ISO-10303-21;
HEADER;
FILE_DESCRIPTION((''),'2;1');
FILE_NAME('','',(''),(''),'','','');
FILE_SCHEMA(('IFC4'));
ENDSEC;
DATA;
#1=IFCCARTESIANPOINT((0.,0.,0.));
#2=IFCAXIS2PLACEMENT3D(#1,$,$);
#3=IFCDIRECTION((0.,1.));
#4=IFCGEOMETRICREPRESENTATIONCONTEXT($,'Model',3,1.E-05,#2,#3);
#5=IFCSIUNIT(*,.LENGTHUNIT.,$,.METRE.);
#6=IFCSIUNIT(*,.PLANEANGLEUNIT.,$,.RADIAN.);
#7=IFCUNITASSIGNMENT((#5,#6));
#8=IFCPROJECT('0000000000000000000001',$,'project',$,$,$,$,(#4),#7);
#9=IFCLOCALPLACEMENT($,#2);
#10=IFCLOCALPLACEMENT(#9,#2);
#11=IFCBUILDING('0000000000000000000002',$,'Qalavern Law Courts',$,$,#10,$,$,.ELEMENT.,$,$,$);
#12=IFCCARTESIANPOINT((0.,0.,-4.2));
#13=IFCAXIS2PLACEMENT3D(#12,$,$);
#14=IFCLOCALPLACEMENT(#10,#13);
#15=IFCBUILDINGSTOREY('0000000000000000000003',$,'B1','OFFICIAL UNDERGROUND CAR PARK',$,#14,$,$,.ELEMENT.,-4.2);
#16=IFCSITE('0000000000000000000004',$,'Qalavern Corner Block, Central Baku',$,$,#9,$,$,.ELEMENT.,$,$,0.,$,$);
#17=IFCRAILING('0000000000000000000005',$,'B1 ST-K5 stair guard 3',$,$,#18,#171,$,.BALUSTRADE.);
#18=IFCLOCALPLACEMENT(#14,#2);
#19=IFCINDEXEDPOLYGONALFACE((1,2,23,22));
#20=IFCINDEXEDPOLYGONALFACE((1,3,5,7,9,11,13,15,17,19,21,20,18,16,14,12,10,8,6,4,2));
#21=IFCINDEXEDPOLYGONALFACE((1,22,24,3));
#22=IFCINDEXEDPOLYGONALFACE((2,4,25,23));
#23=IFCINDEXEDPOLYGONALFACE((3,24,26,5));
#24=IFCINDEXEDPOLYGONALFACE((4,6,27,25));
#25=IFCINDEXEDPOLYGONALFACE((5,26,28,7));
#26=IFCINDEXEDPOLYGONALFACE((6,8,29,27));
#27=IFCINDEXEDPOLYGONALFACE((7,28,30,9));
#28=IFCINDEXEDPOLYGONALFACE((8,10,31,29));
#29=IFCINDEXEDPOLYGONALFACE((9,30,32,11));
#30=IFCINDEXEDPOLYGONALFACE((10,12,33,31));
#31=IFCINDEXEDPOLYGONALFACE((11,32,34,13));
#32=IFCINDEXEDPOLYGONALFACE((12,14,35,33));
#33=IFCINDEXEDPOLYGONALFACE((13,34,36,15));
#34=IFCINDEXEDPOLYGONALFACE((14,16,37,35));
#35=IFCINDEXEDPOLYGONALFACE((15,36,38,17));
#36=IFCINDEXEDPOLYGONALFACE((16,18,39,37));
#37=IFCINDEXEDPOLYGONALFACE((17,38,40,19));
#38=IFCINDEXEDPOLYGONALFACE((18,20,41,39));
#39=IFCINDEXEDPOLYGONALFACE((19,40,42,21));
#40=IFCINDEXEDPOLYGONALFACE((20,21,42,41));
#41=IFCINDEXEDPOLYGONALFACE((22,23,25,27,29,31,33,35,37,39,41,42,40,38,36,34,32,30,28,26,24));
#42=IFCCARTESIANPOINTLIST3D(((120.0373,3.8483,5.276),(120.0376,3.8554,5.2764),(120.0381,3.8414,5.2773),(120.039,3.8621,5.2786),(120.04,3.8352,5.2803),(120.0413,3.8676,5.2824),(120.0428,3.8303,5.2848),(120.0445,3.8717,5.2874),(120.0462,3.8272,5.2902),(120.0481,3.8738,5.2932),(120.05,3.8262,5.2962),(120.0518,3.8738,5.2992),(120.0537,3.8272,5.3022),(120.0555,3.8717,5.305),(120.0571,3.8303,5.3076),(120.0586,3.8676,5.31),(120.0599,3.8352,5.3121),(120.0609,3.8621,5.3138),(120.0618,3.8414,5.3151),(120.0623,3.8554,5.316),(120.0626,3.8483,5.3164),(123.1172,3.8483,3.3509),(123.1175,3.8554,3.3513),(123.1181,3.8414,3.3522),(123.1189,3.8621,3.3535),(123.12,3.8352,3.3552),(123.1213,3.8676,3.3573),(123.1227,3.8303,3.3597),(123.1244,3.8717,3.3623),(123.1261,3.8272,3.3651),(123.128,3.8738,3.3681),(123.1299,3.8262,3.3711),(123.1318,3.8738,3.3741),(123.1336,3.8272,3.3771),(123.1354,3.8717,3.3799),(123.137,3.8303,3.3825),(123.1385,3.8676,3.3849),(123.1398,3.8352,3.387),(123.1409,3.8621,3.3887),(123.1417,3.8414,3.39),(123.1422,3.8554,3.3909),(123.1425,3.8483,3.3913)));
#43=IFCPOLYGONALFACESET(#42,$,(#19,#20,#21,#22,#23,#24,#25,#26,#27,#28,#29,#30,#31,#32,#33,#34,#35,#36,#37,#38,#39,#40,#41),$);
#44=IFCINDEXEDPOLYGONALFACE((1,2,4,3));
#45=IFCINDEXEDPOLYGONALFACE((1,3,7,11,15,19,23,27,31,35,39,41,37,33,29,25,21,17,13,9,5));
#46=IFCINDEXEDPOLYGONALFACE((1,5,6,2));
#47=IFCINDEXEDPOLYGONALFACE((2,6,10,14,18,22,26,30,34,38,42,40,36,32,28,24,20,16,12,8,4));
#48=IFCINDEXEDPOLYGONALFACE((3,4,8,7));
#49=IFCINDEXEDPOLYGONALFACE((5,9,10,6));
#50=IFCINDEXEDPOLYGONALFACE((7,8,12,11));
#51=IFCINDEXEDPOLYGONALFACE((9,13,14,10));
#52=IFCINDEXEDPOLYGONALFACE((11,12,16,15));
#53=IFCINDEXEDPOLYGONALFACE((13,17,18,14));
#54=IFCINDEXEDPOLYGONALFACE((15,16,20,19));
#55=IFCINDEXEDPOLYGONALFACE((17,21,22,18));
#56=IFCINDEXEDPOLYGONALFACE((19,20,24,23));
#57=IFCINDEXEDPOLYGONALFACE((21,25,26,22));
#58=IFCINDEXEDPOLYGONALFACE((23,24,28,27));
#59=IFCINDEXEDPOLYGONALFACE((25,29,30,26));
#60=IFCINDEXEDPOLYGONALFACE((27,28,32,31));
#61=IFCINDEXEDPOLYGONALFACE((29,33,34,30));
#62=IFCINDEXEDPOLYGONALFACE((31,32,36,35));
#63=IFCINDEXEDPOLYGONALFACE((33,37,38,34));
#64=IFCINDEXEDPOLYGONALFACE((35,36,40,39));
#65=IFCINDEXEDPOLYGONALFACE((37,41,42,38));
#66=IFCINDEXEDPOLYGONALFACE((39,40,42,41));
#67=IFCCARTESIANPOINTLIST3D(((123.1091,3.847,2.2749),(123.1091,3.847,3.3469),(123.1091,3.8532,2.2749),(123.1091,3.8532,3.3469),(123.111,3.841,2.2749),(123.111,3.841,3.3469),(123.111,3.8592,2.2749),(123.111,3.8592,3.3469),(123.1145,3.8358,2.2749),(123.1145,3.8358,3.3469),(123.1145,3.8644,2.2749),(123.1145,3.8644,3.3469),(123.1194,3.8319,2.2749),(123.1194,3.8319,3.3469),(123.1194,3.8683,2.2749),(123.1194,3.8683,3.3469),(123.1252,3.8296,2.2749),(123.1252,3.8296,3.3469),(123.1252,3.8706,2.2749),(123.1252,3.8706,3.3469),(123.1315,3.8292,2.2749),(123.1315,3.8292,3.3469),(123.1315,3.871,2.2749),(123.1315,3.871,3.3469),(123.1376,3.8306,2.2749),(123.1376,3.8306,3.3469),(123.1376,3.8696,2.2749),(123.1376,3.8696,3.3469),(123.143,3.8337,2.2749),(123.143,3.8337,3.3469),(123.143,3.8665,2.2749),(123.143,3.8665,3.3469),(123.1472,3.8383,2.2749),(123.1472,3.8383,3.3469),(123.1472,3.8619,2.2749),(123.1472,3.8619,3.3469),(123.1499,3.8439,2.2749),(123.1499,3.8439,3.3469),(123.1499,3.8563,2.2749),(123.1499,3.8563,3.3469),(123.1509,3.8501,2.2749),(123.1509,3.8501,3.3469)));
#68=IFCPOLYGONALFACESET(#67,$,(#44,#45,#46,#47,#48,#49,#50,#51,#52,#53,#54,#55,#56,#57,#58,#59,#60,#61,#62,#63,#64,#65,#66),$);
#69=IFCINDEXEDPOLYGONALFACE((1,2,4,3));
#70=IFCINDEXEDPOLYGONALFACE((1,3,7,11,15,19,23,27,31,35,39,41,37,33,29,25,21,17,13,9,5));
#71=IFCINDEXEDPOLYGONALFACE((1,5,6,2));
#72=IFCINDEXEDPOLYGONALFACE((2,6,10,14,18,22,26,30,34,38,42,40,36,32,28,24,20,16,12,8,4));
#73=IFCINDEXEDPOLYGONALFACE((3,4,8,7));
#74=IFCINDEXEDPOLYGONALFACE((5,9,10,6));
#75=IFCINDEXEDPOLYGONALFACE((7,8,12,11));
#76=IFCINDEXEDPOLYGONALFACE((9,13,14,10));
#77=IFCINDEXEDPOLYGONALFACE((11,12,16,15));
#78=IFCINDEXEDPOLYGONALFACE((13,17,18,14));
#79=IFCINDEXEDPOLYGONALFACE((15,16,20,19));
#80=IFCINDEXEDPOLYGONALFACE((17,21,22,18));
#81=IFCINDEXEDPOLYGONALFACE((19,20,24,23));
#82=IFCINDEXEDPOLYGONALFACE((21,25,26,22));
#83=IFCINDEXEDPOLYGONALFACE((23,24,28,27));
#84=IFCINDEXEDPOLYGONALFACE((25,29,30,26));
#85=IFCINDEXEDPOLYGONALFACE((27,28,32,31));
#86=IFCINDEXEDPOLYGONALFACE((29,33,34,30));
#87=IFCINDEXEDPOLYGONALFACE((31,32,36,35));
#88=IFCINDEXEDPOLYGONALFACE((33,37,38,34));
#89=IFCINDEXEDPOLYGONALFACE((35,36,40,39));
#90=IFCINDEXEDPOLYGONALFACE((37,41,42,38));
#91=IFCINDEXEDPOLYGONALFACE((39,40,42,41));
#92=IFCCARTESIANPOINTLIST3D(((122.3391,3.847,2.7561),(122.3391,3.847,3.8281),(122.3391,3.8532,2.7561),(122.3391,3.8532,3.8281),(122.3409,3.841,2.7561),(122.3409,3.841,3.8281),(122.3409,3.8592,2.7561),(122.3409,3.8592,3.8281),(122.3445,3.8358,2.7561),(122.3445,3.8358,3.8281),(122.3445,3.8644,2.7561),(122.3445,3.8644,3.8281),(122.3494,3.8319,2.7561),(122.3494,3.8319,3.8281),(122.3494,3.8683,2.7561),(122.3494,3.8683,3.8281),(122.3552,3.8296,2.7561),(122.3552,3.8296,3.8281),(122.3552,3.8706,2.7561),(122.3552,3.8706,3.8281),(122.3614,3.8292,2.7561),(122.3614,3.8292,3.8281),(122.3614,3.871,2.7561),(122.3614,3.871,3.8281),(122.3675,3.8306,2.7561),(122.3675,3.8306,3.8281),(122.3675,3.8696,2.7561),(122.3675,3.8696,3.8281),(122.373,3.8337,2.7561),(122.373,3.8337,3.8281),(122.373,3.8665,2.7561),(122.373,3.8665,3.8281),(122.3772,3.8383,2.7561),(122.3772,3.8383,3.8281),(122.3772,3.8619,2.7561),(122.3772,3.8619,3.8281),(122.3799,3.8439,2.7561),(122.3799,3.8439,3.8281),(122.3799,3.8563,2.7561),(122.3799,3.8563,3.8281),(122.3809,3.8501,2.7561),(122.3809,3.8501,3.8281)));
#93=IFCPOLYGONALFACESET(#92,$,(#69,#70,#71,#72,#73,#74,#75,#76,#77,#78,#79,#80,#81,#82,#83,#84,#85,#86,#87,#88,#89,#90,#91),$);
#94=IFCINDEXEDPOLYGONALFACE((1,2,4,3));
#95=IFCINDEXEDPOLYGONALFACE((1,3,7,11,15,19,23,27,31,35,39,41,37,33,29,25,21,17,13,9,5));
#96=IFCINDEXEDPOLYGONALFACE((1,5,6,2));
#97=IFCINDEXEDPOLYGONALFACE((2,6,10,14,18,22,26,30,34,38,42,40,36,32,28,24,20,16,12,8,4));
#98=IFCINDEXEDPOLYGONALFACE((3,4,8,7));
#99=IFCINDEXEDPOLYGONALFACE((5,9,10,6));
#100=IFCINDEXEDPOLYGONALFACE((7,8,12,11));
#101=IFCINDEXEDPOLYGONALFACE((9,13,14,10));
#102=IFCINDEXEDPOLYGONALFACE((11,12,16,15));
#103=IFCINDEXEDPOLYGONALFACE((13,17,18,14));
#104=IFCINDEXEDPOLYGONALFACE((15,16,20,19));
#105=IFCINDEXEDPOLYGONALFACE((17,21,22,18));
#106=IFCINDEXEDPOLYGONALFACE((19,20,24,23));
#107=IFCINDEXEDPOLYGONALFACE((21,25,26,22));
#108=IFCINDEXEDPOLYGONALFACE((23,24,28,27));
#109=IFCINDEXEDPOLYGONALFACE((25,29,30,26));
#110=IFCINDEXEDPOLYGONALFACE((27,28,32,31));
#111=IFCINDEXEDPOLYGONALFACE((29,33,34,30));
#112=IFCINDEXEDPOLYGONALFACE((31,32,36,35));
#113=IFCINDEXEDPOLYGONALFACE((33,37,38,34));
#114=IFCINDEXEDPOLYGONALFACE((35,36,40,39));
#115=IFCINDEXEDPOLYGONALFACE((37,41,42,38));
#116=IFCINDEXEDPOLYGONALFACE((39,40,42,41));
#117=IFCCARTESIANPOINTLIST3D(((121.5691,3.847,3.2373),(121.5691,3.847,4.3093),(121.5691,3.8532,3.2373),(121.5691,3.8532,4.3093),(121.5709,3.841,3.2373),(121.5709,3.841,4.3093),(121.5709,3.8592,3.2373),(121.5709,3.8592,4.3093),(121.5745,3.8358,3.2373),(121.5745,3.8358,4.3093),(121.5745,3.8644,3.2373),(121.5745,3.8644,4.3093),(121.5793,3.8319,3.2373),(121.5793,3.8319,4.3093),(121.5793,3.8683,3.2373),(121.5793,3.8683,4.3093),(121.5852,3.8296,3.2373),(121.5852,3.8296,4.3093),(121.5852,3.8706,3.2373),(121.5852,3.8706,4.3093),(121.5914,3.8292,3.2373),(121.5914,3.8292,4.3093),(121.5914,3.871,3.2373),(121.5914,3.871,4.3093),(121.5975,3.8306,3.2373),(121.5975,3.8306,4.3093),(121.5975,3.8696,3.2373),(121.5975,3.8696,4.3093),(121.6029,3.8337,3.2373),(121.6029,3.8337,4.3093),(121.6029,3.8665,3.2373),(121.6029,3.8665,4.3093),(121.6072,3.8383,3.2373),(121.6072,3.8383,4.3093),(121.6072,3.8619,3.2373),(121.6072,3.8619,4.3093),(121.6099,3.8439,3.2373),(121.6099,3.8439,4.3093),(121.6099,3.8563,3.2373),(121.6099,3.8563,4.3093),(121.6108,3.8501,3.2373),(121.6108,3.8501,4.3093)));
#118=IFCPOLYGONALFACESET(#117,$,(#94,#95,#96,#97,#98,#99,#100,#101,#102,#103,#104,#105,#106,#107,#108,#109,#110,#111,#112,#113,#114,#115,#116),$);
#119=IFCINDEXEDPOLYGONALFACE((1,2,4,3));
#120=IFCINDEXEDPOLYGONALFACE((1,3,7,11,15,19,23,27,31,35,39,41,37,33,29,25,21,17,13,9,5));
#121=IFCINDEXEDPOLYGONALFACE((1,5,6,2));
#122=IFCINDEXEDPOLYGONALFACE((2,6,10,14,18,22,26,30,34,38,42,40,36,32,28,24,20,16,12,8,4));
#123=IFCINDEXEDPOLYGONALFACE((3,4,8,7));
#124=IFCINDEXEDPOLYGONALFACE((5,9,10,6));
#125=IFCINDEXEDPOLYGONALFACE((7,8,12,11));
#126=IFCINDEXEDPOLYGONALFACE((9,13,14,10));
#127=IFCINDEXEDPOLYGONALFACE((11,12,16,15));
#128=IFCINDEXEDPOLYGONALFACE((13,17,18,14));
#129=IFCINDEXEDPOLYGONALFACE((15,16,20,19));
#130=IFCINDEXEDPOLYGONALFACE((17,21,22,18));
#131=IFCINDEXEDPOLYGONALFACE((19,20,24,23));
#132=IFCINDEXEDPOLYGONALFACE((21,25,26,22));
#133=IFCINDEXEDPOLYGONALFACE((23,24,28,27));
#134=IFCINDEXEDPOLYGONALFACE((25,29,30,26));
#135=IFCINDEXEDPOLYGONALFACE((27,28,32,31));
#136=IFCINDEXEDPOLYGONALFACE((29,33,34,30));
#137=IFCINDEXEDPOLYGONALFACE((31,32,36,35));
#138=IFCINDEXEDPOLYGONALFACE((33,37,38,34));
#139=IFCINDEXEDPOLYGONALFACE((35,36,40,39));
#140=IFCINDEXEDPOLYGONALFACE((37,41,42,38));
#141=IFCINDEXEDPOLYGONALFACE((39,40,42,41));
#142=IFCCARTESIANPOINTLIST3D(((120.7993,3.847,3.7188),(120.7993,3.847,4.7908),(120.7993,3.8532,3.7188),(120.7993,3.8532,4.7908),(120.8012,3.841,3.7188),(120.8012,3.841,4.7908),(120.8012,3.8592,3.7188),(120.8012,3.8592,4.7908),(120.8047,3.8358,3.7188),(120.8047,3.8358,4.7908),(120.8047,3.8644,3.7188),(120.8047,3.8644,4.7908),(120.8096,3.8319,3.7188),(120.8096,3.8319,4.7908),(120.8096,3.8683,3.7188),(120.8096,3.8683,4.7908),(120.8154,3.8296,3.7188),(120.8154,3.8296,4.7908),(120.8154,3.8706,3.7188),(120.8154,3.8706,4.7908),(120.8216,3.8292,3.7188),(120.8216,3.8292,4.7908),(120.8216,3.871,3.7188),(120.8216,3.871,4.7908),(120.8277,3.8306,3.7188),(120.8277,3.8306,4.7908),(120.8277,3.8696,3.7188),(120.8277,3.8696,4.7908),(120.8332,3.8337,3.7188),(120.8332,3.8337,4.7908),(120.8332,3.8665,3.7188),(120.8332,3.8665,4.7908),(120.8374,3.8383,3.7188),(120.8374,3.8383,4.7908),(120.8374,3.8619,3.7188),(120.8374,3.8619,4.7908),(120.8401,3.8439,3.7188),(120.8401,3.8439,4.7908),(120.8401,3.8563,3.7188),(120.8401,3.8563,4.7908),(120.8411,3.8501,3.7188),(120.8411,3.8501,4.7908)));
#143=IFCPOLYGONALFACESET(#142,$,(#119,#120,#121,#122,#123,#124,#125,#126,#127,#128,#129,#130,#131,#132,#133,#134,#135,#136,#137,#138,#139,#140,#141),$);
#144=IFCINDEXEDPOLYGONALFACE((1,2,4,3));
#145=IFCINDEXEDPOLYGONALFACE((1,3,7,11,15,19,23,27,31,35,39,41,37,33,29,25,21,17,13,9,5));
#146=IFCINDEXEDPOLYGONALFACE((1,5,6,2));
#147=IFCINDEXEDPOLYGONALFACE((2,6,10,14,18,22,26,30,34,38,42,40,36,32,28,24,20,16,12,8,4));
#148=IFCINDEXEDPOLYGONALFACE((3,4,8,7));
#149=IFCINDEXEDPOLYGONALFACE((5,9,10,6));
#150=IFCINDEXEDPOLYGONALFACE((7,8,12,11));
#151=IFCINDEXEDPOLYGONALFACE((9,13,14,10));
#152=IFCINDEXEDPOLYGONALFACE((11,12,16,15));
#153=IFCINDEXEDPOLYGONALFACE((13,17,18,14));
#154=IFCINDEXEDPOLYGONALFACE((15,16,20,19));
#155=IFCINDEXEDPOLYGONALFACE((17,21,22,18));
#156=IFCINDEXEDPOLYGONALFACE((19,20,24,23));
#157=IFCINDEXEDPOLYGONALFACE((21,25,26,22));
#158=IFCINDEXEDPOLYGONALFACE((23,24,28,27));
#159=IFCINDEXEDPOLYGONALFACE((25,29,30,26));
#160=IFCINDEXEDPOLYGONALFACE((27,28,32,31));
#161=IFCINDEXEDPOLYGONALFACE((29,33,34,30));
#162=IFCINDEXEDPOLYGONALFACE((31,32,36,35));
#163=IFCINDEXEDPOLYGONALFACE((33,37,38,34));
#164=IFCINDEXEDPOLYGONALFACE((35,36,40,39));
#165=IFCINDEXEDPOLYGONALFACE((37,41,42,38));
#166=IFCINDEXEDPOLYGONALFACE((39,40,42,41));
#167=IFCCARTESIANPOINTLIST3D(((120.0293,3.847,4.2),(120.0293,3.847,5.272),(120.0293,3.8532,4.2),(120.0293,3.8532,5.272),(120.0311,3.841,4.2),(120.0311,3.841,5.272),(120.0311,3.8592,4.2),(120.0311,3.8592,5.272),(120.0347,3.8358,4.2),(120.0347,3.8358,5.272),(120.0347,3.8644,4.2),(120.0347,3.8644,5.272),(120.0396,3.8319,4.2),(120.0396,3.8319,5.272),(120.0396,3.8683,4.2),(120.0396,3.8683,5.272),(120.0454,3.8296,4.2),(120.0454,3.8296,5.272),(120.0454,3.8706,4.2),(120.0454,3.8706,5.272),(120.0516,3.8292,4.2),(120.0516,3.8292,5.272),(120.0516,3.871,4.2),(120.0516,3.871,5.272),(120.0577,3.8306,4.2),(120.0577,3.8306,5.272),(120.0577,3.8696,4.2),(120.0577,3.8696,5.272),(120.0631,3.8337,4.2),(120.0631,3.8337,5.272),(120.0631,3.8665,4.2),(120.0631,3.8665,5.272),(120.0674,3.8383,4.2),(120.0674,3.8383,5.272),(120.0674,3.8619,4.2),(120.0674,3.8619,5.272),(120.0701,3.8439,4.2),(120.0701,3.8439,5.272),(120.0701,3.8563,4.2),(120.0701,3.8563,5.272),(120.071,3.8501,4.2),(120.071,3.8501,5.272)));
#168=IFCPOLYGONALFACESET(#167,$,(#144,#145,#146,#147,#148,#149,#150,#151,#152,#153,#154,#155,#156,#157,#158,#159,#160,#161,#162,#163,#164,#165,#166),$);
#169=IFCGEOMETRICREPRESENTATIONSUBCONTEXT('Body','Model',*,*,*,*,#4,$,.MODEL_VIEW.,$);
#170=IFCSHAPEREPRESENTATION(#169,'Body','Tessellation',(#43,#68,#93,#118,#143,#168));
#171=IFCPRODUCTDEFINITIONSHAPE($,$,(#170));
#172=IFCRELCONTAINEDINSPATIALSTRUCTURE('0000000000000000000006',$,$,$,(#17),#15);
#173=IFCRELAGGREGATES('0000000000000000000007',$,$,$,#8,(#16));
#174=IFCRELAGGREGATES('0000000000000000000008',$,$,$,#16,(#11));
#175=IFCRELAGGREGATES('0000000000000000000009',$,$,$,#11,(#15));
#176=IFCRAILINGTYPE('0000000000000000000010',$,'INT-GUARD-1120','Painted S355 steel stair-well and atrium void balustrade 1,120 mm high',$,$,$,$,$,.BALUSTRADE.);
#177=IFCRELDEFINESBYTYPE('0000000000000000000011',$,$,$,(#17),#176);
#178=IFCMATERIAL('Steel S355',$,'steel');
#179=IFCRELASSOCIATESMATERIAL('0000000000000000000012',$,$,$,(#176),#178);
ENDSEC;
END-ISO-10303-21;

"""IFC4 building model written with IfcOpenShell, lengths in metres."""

from ifc_helpers import new_model, si_unit, direction, frame, origin, origin_2d, place, context, subcontext, project, spatial, circle, extrude, material, type_object, element, save


model = new_model("IFC4")

# Units and contexts
model_context = context("Model", 3, precision=1e-05, world=origin(), true_north=direction((0.0, 1.0)))
body_context = subcontext(model_context, "Body", "Model", "MODEL_VIEW")
ifc_project = project(units=[si_unit("LENGTHUNIT", "METRE"), si_unit("PLANEANGLEUNIT", "RADIAN")], contexts=[model_context])

# Site, building, storey
site_placement = place(None, origin())
site = spatial("IfcSite", under=ifc_project, at=site_placement, Name="Qalavern Corner Block, Central Baku", CompositionType="ELEMENT", RefElevation=0.0)
building_placement = place(site_placement, origin())
building = spatial("IfcBuilding", under=site, at=building_placement, Name="Qalavern Law Courts", CompositionType="ELEMENT")
storey_placement = place(building_placement, frame((0.0, 0.0, -4.2)))
storey = spatial("IfcBuildingStorey", under=building, at=storey_placement, Name="B1", Description="OFFICIAL UNDERGROUND CAR PARK", CompositionType="ELEMENT", Elevation=-4.2)

# Shared definitions
ifc_material_1 = material(Name="Steel S355", Category="steel")

# Railing
railing_type_1 = type_object("IfcRailingType", Name="INT-GUARD-1120", Description="Painted S355 steel stair-well and atrium void balustrade 1,120 mm high", PredefinedType="BALUSTRADE", material=ifc_material_1)
railing_1_placement = place(storey_placement, frame((123.1299, 3.8501, 2.2749)))
element("IfcRailing", 1, at=railing_1_placement, inside=storey, type_object=railing_type_1, Name="B1 ST-K5 stair guard 3", PredefinedType="BALUSTRADE", context=body_context, shape_type="SweptSolid", body=[
    extrude(circle(Radius=0.0239, at=origin_2d()), frame((0.0, 0.0, 1.0962), z_axis=(-0.847979, 0.0, 0.530029), x_axis=(0.0, -1.0, 0.0)), (0.0, 0.0, 1.0), 3.6321),
    extrude(circle(Radius=0.021, at=origin_2d()), origin(), (0.0, 0.0, 1.0), 1.072),
    extrude(circle(Radius=0.021, at=origin_2d()), frame((-0.77, 0.0, 0.4812)), (0.0, 0.0, 1.0), 1.072),
    extrude(circle(Radius=0.021, at=origin_2d()), frame((-1.54, 0.0, 0.9624)), (0.0, 0.0, 1.0), 1.072),
    extrude(circle(Radius=0.021, at=origin_2d()), frame((-2.3098, 0.0, 1.4438)), (0.0, 0.0, 1.0), 1.072),
    extrude(circle(Radius=0.021, at=origin_2d()), frame((-3.0798, 0.0, 1.925)), (0.0, 0.0, 1.0), 1.072),
])

save(model, "model.ifc")
